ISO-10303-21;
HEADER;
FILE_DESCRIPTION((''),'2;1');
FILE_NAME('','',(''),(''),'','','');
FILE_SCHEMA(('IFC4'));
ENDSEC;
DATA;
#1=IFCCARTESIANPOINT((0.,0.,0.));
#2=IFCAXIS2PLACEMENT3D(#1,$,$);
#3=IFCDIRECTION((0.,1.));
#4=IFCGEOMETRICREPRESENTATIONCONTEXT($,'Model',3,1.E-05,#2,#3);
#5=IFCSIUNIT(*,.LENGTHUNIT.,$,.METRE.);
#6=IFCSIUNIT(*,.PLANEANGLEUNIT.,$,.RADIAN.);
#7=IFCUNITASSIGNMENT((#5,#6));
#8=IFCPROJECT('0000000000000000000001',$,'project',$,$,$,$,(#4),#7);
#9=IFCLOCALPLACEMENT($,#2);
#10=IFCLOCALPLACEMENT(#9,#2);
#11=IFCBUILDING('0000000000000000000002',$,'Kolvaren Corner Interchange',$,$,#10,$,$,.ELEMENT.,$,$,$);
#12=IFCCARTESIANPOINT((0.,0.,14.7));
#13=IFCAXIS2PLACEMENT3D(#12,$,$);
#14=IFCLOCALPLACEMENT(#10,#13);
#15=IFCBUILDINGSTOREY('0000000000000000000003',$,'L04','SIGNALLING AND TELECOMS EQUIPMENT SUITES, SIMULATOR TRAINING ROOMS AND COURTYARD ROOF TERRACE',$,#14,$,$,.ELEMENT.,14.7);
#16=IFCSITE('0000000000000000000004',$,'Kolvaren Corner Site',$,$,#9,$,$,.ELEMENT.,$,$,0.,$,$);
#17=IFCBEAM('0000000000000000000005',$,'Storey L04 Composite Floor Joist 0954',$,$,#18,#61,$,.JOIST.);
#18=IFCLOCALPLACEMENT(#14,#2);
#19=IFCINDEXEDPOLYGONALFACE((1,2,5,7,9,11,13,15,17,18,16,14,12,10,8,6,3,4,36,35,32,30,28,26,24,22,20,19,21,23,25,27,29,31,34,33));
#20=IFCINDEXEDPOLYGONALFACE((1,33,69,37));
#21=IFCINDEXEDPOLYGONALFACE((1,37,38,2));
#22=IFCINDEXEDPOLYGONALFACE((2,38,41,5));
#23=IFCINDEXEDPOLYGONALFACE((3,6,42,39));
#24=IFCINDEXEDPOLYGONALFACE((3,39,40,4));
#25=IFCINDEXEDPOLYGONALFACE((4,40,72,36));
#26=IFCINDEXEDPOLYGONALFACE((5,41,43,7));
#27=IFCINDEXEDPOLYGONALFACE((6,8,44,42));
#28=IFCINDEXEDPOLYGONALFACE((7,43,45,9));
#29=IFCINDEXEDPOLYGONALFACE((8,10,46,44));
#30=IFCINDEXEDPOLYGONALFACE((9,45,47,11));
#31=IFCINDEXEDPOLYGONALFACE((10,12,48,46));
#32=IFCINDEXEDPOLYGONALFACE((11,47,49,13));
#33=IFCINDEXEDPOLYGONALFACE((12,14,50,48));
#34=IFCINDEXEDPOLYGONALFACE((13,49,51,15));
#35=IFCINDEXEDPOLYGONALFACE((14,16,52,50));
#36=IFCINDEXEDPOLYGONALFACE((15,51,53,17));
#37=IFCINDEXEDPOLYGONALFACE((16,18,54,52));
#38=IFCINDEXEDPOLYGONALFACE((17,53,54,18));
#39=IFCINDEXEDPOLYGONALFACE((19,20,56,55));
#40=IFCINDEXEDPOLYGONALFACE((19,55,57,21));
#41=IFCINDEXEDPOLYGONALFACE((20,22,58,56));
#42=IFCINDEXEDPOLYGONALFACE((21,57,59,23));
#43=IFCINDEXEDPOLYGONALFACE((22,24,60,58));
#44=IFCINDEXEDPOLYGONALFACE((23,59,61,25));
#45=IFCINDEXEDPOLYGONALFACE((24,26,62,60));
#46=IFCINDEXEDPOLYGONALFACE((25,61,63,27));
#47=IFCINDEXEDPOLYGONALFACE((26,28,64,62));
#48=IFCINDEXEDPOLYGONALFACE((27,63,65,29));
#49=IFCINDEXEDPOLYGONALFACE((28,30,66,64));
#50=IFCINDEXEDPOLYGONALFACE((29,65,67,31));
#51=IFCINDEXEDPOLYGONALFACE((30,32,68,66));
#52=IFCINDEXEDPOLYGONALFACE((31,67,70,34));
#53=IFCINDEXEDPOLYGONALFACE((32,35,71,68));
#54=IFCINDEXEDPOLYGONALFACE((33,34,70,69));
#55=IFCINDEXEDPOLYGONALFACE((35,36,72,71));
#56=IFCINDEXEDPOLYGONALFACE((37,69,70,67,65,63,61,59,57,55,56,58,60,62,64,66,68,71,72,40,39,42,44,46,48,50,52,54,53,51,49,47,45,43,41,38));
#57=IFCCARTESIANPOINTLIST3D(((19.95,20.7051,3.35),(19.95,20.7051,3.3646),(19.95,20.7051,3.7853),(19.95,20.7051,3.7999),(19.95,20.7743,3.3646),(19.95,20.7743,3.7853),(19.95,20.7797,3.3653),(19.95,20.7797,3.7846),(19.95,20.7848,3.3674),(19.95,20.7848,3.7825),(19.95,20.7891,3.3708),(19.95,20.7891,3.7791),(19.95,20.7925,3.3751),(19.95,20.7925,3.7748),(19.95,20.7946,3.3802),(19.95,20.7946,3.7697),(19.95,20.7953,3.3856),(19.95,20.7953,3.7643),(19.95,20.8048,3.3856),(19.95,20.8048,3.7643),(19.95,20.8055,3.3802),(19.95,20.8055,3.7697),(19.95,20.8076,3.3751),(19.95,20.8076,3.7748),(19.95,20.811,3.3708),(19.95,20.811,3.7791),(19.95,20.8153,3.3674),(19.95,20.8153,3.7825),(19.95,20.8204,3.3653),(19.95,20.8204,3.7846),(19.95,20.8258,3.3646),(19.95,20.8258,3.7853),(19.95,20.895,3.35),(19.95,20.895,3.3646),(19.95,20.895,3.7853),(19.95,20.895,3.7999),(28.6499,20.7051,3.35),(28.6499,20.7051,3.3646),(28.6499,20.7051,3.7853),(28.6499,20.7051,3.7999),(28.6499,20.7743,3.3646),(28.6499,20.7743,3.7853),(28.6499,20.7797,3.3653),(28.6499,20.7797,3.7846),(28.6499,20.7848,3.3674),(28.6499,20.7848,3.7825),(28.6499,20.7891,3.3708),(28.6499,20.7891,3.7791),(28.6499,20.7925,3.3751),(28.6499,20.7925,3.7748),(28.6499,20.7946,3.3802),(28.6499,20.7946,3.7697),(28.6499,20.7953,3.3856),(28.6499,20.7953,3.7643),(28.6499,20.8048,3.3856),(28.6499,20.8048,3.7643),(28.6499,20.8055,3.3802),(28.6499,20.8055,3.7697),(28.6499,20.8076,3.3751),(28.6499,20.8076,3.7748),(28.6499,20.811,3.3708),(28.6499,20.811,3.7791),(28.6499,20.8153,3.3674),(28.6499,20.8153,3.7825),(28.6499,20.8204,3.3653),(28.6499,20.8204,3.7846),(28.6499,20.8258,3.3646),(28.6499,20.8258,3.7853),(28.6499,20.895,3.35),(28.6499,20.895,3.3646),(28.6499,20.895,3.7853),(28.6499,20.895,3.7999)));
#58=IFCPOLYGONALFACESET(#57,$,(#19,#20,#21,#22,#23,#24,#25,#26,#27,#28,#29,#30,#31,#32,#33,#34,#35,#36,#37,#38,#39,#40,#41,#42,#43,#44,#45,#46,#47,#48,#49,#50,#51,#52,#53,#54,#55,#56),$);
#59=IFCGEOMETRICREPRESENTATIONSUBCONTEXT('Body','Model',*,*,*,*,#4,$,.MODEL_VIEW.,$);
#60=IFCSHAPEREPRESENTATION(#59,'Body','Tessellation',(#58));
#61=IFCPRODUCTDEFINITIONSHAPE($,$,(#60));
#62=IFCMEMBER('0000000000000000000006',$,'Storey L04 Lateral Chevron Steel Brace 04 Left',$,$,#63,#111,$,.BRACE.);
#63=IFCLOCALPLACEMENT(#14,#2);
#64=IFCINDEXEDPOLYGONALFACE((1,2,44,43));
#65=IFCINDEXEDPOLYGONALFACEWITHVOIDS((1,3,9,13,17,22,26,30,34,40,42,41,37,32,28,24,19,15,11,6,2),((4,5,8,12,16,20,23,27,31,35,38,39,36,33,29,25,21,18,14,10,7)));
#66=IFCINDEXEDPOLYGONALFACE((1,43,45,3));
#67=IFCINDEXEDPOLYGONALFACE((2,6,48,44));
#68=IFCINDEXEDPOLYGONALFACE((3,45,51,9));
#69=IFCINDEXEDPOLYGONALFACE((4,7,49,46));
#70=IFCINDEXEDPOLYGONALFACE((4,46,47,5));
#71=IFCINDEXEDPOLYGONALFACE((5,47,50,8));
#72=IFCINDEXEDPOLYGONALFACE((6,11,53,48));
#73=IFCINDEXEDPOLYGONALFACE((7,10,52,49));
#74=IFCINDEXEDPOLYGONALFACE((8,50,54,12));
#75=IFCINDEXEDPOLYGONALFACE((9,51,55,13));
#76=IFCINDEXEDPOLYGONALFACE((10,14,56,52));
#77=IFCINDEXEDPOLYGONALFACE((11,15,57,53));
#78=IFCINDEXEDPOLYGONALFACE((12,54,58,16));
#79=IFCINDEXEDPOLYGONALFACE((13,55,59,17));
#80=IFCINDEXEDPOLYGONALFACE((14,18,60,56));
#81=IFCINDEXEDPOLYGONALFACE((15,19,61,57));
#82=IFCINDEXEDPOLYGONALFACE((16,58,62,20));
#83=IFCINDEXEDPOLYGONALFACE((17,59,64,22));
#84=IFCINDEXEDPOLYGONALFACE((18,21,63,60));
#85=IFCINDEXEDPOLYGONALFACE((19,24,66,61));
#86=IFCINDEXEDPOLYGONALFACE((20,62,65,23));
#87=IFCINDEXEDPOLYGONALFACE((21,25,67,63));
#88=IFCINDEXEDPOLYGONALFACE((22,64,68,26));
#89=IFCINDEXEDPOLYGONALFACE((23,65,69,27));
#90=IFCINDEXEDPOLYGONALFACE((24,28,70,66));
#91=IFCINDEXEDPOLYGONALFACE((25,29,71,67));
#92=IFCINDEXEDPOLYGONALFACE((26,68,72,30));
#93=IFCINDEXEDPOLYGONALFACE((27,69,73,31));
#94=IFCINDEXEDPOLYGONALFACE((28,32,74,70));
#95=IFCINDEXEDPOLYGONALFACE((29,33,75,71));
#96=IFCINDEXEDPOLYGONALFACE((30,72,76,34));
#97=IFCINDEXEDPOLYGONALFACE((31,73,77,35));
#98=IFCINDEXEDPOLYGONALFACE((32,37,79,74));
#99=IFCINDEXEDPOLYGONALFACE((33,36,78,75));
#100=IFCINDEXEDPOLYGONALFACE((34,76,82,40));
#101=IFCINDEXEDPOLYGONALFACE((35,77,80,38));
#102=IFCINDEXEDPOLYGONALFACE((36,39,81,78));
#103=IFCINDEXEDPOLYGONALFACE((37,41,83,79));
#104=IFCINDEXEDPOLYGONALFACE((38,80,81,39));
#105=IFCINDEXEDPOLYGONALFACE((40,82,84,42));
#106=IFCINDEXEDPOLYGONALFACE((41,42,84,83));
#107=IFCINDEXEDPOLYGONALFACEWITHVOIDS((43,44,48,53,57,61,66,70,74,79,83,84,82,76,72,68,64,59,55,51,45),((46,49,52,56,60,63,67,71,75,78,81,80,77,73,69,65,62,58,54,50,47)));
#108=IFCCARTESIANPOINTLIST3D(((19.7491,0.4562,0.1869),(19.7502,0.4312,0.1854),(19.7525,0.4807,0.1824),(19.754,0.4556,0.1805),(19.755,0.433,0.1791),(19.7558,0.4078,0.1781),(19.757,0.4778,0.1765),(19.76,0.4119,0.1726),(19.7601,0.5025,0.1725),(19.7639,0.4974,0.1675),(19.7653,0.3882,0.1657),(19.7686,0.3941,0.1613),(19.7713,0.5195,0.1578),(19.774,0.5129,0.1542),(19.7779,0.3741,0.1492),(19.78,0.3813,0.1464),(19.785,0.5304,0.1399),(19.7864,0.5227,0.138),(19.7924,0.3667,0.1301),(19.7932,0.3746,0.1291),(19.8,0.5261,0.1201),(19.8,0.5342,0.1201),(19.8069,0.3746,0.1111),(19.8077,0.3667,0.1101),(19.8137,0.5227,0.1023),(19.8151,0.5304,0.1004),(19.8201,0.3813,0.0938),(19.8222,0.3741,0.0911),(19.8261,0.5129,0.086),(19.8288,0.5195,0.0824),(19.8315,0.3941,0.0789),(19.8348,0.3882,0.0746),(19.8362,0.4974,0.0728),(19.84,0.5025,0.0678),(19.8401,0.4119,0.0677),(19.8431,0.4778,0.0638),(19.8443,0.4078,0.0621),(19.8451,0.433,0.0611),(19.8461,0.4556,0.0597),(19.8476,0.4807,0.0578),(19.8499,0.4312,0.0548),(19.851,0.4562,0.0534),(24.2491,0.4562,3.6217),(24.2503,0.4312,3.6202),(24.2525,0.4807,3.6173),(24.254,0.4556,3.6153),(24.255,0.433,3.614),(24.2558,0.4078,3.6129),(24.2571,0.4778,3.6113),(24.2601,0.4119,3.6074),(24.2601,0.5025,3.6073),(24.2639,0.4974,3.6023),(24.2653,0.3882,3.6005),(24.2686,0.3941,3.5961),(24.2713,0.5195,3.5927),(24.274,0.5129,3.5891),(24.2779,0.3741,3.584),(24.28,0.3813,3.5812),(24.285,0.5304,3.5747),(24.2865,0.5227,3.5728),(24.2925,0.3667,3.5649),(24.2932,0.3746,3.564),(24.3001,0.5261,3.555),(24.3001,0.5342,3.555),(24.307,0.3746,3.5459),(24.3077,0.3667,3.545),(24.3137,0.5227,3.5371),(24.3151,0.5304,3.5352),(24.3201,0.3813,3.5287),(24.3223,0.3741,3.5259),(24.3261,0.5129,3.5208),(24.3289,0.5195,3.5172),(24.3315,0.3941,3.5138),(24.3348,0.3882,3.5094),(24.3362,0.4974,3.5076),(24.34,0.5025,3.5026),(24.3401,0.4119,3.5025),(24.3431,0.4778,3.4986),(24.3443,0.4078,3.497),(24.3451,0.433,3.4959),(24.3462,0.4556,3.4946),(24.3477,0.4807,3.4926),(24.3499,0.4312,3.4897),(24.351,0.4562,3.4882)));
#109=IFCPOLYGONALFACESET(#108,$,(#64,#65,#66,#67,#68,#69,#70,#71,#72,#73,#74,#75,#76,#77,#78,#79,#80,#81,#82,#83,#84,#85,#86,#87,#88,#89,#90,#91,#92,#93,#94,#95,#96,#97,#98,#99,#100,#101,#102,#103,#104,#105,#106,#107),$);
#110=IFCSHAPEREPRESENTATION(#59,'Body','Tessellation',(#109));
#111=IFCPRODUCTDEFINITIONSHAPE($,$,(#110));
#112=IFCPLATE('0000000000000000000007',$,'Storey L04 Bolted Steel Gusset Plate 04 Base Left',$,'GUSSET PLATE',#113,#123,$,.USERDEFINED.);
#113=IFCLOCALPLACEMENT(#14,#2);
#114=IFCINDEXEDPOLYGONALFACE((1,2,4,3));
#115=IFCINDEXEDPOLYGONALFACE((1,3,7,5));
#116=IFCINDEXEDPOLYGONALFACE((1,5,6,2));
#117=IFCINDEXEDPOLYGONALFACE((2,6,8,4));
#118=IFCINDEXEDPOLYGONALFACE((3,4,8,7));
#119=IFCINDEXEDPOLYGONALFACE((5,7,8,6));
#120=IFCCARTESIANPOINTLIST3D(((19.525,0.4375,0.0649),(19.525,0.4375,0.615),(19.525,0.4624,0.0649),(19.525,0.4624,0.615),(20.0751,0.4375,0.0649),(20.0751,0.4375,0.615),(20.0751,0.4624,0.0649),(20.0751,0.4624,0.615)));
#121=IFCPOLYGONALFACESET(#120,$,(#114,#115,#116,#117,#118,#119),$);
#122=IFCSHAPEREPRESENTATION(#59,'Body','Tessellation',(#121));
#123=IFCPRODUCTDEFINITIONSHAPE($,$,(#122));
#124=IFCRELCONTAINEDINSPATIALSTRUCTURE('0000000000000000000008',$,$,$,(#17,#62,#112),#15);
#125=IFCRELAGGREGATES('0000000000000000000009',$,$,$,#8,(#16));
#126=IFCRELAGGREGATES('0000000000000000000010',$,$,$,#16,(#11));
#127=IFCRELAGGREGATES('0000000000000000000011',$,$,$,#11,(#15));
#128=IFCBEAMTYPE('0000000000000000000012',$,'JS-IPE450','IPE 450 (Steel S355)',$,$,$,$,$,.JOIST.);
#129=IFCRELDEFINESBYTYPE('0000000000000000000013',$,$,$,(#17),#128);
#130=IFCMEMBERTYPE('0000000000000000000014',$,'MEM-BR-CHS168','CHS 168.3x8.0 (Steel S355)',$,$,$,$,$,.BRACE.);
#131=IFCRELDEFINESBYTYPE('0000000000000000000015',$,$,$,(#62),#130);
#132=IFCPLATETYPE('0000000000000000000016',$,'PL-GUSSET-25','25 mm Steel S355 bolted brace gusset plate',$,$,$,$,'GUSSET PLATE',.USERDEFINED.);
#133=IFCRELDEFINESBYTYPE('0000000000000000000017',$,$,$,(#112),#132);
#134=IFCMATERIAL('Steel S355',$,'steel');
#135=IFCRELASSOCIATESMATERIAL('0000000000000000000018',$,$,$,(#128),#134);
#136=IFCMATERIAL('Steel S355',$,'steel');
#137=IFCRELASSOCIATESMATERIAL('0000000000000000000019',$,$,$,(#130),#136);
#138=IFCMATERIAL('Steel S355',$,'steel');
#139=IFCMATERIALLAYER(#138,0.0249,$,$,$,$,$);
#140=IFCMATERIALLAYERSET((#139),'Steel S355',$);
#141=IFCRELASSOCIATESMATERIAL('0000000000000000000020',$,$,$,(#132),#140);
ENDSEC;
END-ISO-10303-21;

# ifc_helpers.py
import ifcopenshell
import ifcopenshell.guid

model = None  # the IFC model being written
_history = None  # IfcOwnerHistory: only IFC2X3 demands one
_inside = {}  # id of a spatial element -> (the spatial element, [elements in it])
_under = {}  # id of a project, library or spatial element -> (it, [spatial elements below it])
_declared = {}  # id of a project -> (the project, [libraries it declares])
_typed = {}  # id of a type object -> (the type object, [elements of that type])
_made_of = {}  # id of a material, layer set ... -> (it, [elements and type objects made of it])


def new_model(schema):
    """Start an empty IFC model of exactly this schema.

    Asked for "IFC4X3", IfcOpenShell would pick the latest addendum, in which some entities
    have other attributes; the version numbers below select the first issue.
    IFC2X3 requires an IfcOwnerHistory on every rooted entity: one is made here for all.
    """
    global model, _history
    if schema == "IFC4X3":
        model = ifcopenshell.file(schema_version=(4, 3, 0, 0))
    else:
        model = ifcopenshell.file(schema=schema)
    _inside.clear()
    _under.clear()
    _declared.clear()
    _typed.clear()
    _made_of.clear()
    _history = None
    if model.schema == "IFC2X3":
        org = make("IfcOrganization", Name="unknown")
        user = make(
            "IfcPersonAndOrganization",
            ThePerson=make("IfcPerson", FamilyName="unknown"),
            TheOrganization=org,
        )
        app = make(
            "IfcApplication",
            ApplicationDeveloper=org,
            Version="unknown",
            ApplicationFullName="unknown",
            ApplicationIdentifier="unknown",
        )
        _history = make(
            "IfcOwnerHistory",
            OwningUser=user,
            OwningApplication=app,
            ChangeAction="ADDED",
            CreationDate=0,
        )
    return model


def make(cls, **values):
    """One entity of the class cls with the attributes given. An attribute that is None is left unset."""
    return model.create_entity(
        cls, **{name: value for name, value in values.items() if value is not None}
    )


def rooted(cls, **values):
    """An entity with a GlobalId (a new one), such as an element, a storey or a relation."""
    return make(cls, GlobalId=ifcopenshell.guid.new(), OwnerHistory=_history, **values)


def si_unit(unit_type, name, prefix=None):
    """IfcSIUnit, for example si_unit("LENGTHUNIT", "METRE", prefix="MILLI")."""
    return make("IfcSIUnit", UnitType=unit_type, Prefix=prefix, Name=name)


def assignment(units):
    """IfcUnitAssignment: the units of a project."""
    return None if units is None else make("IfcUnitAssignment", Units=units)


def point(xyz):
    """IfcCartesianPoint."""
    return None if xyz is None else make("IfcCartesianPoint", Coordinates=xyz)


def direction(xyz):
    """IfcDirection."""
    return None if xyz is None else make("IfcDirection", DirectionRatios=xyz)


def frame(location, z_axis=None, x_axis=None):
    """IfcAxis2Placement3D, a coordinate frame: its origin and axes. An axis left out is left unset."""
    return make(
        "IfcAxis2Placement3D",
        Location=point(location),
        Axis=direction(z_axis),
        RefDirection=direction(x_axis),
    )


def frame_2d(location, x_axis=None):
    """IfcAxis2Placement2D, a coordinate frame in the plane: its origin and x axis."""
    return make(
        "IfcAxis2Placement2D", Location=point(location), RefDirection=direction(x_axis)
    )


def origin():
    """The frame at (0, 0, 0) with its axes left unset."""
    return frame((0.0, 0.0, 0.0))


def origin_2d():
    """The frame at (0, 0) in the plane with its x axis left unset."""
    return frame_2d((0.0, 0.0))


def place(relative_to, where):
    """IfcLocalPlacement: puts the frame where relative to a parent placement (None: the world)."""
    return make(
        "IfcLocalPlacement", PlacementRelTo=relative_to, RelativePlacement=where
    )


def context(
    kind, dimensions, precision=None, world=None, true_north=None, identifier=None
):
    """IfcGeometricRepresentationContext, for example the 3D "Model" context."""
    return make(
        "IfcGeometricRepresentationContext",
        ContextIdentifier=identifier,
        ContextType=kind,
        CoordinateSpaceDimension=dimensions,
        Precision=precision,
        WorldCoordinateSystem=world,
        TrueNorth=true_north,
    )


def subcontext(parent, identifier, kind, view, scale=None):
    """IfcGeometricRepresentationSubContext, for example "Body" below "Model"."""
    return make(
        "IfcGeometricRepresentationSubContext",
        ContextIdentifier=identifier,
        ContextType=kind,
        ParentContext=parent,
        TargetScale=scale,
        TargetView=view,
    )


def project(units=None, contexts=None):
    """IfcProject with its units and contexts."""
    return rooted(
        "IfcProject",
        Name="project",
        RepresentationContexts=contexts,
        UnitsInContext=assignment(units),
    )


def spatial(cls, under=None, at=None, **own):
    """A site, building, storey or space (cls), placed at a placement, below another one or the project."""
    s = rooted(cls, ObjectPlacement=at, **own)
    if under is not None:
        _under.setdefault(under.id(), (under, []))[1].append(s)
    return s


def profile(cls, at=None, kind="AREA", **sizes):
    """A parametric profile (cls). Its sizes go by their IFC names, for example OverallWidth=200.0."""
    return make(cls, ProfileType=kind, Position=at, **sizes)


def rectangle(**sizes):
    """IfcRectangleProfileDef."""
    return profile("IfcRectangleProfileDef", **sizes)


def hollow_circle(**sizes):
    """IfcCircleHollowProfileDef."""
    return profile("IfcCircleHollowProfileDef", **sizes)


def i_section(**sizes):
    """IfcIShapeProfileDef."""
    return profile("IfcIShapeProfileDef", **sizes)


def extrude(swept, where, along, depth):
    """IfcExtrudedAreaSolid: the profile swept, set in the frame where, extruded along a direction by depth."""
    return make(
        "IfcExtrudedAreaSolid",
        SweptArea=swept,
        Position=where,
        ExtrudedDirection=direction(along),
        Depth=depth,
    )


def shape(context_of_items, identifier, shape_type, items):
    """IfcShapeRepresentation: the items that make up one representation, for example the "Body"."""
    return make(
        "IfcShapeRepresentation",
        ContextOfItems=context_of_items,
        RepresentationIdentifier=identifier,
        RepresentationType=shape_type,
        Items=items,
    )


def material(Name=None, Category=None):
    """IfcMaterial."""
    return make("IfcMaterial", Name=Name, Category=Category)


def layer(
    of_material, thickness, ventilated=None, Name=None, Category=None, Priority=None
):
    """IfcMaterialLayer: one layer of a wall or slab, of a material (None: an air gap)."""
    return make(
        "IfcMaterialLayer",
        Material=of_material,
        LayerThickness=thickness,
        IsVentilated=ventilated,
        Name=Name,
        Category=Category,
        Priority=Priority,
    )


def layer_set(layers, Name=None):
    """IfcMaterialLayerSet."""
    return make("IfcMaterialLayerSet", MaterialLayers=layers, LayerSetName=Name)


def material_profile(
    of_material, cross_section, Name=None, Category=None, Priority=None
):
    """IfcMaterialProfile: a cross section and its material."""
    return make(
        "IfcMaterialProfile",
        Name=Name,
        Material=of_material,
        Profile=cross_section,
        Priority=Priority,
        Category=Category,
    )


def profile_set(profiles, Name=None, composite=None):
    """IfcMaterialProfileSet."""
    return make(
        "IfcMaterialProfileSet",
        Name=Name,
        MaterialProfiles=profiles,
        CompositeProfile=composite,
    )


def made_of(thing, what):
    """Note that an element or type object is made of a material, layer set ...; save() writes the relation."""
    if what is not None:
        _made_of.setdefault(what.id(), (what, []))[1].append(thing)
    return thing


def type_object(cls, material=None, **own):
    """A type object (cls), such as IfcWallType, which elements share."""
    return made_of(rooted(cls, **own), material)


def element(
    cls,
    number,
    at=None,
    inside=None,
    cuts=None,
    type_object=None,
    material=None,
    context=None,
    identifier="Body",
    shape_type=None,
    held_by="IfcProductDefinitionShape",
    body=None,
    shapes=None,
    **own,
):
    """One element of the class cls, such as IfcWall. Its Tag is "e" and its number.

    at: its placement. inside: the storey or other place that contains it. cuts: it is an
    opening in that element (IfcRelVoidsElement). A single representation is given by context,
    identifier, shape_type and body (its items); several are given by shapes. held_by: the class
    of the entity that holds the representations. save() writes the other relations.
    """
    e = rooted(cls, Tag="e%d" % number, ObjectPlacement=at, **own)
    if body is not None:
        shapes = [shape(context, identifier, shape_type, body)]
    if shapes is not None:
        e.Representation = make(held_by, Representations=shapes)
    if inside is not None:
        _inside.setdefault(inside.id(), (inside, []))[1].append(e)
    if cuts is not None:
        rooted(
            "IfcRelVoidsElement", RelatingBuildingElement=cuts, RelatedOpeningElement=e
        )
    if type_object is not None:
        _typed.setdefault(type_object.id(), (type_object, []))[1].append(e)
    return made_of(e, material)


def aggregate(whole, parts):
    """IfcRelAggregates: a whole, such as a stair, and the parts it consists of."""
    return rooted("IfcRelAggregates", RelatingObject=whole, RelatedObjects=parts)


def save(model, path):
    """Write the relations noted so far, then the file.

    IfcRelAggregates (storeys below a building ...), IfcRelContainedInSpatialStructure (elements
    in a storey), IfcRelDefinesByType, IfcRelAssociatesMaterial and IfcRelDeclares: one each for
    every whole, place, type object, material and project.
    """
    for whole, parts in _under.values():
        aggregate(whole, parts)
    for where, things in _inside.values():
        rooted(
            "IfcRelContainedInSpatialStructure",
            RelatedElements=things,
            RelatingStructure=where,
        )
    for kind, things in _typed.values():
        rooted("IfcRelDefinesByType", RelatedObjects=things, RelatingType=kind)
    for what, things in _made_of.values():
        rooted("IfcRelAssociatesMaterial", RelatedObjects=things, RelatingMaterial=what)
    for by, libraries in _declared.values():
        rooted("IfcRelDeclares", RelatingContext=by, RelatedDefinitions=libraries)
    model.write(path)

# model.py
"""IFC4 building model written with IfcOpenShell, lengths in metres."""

from ifc_helpers import new_model, si_unit, direction, frame, origin, origin_2d, place, context, subcontext, project, spatial, rectangle, hollow_circle, i_section, extrude, material, layer, layer_set, material_profile, profile_set, type_object, element, save


model = new_model("IFC4")

# Units and contexts
model_context = context("Model", 3, precision=1e-05, world=origin(), true_north=direction((0.0, 1.0)))
body_context = subcontext(model_context, "Body", "Model", "MODEL_VIEW")
ifc_project = project(units=[si_unit("LENGTHUNIT", "METRE"), si_unit("PLANEANGLEUNIT", "RADIAN")], contexts=[model_context])

# Site, building, storey
site_placement = place(None, origin())
site = spatial("IfcSite", under=ifc_project, at=site_placement, Name="Kolvaren Corner Site", CompositionType="ELEMENT", RefElevation=0.0)
building_placement = place(site_placement, origin())
building = spatial("IfcBuilding", under=site, at=building_placement, Name="Kolvaren Corner Interchange", CompositionType="ELEMENT")
storey_placement = place(building_placement, frame((0.0, 0.0, 14.7)))
storey = spatial("IfcBuildingStorey", under=building, at=storey_placement, Name="L04", Description="SIGNALLING AND TELECOMS EQUIPMENT SUITES, SIMULATOR TRAINING ROOMS AND COURTYARD ROOF TERRACE", CompositionType="ELEMENT", Elevation=14.7)

# Beam
ifc_material_1 = material(Name="Steel S355", Category="steel")
ifc_material_profile_1 = material_profile(ifc_material_1, i_section(OverallWidth=0.1899, OverallDepth=0.45, WebThickness=0.0095, FlangeThickness=0.0146, FilletRadius=0.021, at=origin_2d()), Name="IPE 450")
ifc_profile_set_1 = profile_set([ifc_material_profile_1], Name="Steel S355")
beam_type_1 = type_object("IfcBeamType", Name="JS-IPE450", Description="IPE 450 (Steel S355)", PredefinedType="JOIST", material=ifc_profile_set_1)
for number, where, z_axis, x_axis, name in (
    (1, (19.95, 20.8, 3.575), (1.0, 0.0, 0.0), (0.0, 1.0, 0.0), "Storey L04 Composite Floor Joist 0954"),
):
    element("IfcBeam", number, at=place(storey_placement, frame(where, z_axis=z_axis, x_axis=x_axis)), inside=storey, type_object=beam_type_1, Name=name, PredefinedType="JOIST", context=body_context, shape_type="SweptSolid", body=[
        extrude(i_section(OverallWidth=0.1899, OverallDepth=0.45, WebThickness=0.0095, FlangeThickness=0.0146, FilletRadius=0.021, at=origin_2d()), origin(), (0.0, 0.0, 1.0), 8.7),
    ])

# Member
ifc_material_2 = material(Name="Steel S355", Category="steel")
ifc_material_profile_2 = material_profile(ifc_material_2, hollow_circle(Radius=0.0842, WallThickness=0.0081, at=origin_2d()), Name="CHS 168.3x8.0")
ifc_profile_set_2 = profile_set([ifc_material_profile_2], Name="Steel S355")
member_type = type_object("IfcMemberType", Name="MEM-BR-CHS168", Description="CHS 168.3x8.0 (Steel S355)", PredefinedType="BRACE", material=ifc_profile_set_2)
member_placement = place(storey_placement, frame((19.8, 0.45, 0.1201), z_axis=(0.7949, 0.0, 0.606741), x_axis=(0.0, 1.0, 0.0)))
element("IfcMember", 2, at=member_placement, inside=storey, type_object=member_type, Name="Storey L04 Lateral Chevron Steel Brace 04 Left", PredefinedType="BRACE", context=body_context, shape_type="SweptSolid", body=[
    extrude(hollow_circle(Radius=0.0842, WallThickness=0.0081, at=origin_2d()), origin(), (0.0, 0.0, 1.0), 5.6611),
])

# Plate
ifc_material_3 = material(Name="Steel S355", Category="steel")
ifc_layer_1 = layer(ifc_material_3, 0.0249)
ifc_layer_set_1 = layer_set([ifc_layer_1], Name="Steel S355")
plate_type = type_object("IfcPlateType", Name="PL-GUSSET-25", Description="25 mm Steel S355 bolted brace gusset plate", ElementType="GUSSET PLATE", PredefinedType="USERDEFINED", material=ifc_layer_set_1)
plate_placement = place(storey_placement, frame((19.8, 0.45, 0.0649), z_axis=(0.0, 0.0, 1.0), x_axis=(1.0, 0.0, 0.0)))
element("IfcPlate", 3, at=plate_placement, inside=storey, type_object=plate_type, Name="Storey L04 Bolted Steel Gusset Plate 04 Base Left", ObjectType="GUSSET PLATE", PredefinedType="USERDEFINED", context=body_context, shape_type="SweptSolid", body=[
    extrude(rectangle(XDim=0.55, YDim=0.0249, at=origin_2d()), origin(), (0.0, 0.0, 1.0), 0.55),
])

save(model, "model.ifc")
